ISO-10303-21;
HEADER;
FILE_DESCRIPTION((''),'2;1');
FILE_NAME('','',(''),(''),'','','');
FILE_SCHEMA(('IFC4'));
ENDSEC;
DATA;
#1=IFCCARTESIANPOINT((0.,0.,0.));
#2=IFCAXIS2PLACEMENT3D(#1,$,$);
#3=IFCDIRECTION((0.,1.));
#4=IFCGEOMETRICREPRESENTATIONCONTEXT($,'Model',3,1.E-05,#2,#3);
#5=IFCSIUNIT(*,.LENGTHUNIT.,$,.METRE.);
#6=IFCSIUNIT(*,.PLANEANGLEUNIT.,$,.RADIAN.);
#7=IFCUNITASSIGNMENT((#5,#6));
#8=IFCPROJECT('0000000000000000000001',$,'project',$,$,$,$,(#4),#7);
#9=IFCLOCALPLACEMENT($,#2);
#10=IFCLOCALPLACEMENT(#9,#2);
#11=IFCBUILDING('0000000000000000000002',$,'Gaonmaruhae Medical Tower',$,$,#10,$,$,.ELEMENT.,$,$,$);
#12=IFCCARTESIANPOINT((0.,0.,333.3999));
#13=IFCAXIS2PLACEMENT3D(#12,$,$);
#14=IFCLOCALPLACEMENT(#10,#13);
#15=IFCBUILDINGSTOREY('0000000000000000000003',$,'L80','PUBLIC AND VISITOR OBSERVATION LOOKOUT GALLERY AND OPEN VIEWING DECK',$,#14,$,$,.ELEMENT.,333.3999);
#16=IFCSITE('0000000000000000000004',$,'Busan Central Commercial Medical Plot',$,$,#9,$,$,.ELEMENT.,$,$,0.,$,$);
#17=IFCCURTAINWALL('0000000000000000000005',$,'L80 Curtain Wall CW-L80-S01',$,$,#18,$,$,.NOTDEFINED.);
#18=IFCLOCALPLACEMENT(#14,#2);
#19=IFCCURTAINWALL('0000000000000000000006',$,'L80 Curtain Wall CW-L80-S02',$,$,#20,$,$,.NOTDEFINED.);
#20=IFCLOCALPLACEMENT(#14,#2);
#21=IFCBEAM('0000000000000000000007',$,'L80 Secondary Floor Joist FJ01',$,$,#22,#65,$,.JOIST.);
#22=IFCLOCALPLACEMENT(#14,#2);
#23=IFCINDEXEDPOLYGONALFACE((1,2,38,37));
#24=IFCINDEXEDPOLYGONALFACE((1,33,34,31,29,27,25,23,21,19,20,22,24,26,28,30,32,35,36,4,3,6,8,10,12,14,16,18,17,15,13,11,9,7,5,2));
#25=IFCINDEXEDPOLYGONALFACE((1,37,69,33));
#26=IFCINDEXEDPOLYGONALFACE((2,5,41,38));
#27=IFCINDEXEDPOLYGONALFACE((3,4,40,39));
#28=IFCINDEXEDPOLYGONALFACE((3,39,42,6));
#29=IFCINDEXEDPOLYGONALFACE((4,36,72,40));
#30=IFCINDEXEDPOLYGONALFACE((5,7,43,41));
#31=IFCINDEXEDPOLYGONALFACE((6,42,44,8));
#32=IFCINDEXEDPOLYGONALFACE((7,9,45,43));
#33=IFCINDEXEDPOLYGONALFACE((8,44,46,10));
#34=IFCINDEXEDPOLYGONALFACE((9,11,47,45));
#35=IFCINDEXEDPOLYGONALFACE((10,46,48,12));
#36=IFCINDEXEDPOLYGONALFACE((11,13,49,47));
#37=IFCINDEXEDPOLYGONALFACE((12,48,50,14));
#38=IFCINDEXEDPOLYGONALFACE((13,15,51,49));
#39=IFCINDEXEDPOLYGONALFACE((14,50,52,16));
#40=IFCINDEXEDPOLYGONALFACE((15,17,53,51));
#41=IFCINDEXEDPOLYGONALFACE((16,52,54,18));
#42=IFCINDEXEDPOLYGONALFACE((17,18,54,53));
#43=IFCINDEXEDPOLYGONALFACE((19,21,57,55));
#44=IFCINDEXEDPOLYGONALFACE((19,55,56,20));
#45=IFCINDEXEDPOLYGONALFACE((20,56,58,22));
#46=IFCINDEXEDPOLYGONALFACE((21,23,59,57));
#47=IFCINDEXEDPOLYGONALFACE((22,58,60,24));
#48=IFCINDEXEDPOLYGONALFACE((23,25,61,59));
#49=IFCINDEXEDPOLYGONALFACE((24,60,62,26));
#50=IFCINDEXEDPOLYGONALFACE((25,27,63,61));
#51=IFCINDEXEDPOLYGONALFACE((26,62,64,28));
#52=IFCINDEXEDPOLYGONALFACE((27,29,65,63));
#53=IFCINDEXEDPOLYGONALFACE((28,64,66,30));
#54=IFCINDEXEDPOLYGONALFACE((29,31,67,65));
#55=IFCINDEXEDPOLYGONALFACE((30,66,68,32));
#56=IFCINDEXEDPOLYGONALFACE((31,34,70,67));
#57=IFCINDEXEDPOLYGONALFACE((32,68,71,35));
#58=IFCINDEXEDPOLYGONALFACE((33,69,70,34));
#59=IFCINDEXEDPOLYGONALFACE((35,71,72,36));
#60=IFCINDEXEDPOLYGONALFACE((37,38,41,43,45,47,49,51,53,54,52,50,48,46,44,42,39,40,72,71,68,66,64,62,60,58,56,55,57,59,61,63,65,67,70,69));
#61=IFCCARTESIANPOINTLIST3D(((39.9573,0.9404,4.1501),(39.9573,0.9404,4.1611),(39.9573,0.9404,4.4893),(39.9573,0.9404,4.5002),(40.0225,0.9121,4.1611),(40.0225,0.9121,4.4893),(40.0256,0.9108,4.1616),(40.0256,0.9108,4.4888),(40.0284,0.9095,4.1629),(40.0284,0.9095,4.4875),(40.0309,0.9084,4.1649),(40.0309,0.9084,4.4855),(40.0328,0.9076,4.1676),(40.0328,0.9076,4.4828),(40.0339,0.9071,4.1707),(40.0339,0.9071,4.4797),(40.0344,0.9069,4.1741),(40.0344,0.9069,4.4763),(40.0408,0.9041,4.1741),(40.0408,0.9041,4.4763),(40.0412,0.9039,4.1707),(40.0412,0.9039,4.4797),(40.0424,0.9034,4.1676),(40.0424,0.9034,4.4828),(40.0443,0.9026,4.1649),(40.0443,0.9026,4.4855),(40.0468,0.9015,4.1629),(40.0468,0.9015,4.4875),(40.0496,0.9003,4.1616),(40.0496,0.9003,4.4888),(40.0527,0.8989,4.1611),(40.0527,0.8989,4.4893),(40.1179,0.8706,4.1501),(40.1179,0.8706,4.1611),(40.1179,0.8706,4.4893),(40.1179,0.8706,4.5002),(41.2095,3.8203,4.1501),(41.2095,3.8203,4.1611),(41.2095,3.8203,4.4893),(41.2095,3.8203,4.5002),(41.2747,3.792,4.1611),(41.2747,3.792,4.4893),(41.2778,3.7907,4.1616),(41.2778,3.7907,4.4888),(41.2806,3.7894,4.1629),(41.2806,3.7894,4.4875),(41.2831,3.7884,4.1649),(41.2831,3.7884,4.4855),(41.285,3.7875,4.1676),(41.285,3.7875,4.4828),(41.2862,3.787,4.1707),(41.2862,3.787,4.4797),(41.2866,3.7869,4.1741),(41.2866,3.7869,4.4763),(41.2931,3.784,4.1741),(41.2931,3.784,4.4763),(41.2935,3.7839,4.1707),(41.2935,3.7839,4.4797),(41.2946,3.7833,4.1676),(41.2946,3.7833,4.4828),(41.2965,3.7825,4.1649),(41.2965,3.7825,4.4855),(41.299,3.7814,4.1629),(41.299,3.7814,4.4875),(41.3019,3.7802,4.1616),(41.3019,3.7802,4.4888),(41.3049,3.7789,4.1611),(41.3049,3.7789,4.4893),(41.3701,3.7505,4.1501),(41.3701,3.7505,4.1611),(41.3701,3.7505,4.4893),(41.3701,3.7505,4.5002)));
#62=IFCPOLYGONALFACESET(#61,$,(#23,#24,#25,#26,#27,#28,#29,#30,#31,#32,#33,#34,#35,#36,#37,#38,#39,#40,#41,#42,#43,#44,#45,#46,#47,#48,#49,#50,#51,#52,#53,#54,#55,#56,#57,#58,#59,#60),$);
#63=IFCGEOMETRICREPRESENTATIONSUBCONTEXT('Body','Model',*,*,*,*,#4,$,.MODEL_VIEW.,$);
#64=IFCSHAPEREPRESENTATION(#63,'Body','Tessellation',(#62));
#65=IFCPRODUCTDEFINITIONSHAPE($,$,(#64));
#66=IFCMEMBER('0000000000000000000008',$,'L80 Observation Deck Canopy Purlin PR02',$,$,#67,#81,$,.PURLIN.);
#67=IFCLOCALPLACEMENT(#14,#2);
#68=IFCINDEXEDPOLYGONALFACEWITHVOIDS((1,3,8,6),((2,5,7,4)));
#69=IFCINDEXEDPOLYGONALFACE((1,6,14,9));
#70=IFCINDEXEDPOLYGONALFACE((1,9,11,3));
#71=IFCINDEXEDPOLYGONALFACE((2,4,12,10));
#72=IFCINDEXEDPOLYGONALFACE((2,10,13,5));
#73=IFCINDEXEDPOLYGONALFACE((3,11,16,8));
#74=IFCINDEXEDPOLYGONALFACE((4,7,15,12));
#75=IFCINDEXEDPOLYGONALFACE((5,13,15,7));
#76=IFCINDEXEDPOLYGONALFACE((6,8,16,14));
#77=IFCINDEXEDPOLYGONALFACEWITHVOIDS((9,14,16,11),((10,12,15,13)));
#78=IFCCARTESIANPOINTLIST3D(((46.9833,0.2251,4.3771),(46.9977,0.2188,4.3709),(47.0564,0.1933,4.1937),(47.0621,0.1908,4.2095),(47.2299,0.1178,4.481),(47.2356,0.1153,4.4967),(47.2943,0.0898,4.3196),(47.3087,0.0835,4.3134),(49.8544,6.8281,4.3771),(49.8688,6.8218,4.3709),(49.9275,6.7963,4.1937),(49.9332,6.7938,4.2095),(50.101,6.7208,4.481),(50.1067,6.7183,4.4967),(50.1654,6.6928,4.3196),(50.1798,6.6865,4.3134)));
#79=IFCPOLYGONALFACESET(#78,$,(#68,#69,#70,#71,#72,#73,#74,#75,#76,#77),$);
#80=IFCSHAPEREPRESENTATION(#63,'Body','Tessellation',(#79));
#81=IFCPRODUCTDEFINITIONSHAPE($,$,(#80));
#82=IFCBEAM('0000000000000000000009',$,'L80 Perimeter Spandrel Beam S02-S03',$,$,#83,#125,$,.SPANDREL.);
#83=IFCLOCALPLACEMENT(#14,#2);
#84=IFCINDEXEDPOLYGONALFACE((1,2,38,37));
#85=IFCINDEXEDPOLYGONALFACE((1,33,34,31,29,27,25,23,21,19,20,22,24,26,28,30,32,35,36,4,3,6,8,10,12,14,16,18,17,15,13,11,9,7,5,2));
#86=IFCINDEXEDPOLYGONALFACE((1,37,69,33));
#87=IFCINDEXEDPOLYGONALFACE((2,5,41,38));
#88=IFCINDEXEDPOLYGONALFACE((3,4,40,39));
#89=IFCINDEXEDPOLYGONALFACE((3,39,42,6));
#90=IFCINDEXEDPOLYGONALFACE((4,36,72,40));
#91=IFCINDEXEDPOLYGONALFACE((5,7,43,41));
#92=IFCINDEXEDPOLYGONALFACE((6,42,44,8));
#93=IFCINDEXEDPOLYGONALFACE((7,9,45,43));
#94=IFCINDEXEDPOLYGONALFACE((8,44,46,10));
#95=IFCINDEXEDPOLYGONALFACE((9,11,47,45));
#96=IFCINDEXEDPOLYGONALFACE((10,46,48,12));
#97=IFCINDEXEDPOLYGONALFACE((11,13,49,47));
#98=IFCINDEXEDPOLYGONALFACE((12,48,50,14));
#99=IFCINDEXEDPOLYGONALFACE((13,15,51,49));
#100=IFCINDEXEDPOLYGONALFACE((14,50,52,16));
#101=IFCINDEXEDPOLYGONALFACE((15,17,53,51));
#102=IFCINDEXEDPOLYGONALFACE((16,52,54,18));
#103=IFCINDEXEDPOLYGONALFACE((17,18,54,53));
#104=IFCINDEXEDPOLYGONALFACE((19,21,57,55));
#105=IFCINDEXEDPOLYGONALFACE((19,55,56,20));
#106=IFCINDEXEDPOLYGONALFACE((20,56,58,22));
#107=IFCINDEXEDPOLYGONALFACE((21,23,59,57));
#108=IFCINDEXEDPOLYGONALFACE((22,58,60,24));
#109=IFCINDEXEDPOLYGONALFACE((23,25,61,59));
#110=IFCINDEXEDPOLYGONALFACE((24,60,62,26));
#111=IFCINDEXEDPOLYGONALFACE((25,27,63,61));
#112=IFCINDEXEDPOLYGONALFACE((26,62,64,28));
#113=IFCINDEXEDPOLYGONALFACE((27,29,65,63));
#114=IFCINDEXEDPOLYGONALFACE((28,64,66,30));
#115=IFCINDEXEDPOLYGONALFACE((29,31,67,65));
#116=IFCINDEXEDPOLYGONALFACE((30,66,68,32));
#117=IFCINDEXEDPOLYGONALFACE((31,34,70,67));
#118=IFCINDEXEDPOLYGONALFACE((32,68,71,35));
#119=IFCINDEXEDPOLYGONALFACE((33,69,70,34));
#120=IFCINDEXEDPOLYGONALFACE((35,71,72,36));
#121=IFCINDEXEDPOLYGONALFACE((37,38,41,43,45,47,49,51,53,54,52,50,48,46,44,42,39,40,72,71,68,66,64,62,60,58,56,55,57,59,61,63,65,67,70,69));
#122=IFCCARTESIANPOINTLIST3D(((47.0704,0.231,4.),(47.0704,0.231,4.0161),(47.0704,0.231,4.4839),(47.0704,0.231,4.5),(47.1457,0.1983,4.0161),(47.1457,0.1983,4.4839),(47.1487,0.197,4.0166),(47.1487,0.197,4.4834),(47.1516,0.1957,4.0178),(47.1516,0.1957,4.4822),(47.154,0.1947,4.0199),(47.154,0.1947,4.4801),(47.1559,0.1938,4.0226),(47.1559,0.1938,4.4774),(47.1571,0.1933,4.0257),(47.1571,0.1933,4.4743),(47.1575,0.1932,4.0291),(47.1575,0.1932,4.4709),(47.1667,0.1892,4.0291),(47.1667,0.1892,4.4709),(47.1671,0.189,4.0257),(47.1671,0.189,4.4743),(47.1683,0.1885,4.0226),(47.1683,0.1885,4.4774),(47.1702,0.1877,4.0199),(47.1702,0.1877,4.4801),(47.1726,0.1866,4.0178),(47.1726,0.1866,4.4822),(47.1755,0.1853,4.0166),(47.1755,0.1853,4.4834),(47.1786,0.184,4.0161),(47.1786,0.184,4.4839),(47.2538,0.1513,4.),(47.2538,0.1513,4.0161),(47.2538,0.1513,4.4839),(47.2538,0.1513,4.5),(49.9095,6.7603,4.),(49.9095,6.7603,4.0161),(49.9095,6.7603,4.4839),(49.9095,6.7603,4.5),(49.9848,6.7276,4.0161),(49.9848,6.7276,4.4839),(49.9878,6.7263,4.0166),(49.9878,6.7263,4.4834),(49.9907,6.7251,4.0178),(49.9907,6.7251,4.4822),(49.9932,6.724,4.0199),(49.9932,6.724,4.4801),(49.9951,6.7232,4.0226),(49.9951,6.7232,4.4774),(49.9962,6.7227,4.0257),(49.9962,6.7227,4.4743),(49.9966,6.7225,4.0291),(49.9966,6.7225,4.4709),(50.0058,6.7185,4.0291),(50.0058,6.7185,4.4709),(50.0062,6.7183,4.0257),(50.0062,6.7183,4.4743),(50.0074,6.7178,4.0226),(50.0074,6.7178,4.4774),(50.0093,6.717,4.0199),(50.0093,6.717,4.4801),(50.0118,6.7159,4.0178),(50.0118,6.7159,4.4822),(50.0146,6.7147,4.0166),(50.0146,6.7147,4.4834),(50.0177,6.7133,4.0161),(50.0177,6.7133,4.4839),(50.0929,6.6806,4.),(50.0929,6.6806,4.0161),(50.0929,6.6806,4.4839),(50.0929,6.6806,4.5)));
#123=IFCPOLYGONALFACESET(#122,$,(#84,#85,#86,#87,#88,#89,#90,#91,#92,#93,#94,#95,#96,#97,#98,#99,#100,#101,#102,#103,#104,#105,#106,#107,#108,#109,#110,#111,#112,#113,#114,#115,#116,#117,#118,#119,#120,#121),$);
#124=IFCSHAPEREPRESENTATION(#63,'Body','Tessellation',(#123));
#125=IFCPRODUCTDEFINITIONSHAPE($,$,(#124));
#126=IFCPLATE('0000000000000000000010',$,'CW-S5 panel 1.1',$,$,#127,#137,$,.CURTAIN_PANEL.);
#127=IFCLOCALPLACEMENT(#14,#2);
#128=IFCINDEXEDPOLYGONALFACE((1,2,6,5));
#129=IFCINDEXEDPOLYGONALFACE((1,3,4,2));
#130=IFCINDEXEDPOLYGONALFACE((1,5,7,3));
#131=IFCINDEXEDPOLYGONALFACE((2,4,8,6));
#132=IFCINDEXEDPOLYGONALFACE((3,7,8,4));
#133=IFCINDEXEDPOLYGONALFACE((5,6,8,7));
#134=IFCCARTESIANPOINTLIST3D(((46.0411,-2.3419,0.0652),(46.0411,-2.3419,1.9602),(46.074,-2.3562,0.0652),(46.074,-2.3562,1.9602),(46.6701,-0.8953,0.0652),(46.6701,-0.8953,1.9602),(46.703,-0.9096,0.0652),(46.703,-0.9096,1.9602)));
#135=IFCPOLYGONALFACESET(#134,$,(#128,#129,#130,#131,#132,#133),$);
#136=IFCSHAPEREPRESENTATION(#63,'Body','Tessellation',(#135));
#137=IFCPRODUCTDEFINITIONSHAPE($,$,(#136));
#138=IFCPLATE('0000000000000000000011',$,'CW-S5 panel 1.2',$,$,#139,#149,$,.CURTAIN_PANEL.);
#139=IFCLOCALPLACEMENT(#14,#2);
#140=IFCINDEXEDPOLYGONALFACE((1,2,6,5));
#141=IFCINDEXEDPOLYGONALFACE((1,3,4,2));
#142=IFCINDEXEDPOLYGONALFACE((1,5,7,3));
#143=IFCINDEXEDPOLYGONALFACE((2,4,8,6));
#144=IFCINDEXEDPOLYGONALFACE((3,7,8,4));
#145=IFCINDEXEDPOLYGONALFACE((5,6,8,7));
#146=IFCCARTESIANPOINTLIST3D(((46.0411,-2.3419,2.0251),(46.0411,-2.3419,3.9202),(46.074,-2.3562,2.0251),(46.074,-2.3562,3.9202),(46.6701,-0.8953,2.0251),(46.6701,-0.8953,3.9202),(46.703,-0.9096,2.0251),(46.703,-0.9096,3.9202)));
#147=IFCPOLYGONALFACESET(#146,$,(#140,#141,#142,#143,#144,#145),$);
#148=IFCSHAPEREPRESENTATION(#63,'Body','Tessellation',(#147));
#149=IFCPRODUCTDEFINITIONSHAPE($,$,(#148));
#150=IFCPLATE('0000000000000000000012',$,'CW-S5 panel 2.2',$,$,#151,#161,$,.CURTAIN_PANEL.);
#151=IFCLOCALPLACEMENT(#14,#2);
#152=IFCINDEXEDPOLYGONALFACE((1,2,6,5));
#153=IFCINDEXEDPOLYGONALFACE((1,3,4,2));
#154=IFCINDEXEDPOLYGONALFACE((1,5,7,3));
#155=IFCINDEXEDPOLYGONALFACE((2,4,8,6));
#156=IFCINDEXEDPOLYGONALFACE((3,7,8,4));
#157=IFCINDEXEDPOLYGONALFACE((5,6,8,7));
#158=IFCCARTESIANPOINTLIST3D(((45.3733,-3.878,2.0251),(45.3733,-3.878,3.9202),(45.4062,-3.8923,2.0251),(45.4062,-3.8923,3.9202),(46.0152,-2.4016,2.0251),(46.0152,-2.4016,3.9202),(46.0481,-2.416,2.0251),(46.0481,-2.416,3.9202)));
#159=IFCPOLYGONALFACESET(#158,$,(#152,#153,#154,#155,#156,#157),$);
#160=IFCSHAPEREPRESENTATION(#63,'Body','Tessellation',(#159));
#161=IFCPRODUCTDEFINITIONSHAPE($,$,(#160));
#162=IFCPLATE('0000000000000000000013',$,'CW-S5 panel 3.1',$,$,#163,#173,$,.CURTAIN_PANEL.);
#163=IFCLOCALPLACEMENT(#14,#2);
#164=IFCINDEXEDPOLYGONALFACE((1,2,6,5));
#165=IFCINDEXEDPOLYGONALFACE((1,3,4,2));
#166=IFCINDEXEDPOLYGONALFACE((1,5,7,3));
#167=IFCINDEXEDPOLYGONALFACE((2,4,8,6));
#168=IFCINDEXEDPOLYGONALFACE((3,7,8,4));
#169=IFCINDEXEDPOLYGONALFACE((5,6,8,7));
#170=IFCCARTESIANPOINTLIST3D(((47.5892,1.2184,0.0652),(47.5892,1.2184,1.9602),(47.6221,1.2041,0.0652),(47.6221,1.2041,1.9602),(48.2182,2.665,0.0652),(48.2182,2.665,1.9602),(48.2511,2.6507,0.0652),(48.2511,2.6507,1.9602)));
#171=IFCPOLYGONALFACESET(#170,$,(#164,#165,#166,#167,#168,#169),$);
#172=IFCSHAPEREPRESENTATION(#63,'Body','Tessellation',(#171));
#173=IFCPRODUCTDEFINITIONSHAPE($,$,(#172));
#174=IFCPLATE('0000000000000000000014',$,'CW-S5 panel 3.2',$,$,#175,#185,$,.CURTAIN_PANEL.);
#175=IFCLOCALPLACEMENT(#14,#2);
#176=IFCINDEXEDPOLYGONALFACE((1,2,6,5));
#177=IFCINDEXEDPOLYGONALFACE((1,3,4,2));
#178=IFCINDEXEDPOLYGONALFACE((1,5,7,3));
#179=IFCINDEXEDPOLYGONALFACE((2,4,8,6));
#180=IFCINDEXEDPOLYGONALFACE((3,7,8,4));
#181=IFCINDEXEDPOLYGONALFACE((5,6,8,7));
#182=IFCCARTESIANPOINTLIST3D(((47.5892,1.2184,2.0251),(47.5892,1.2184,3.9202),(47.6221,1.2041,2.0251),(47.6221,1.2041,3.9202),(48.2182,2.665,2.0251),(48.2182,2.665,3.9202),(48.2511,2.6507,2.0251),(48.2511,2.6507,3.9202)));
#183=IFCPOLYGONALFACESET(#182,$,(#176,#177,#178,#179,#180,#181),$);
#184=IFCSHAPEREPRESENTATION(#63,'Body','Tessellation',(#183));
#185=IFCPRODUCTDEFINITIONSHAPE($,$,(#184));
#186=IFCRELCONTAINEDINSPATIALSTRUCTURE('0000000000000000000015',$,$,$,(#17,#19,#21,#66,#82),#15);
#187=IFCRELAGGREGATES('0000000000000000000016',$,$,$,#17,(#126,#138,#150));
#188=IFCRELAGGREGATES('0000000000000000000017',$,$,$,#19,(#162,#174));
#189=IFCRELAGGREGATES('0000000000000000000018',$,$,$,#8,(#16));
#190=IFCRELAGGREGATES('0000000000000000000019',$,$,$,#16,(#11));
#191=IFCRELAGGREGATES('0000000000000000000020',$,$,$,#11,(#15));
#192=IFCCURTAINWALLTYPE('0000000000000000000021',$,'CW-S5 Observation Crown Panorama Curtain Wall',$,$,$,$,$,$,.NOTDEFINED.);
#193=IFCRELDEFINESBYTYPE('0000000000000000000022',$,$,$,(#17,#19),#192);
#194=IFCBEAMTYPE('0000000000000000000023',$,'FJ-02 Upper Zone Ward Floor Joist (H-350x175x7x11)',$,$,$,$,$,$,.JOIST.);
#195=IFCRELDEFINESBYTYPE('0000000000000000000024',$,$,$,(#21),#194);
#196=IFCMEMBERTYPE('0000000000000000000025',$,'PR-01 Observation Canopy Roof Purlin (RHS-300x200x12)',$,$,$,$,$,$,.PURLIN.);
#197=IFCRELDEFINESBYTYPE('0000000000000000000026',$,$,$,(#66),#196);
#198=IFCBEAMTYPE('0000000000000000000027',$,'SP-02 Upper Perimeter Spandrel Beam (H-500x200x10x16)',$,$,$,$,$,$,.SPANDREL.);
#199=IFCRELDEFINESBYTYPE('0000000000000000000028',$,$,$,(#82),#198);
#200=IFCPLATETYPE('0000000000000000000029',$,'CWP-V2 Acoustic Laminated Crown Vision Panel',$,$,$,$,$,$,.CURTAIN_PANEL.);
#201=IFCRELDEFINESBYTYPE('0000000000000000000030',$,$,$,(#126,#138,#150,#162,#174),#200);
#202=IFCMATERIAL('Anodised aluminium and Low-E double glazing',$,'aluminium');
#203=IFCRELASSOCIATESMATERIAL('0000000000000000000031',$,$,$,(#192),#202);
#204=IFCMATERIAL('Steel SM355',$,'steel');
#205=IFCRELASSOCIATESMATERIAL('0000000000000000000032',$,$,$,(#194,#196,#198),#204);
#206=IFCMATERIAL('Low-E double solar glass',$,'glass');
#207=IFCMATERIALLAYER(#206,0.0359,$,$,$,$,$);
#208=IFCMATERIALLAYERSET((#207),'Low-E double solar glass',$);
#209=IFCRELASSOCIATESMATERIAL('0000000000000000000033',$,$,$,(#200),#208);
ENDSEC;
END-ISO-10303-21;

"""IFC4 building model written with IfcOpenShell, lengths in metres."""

from ifc_helpers import new_model, si_unit, direction, frame, origin, origin_2d, place, context, subcontext, project, spatial, rectangle, hollow_rectangle, i_section, extrude, material, layer, layer_set, material_profile, profile_set, type_object, element, aggregate, save


model = new_model("IFC4")

# Units and contexts
model_context = context("Model", 3, precision=1e-05, world=origin(), true_north=direction((0.0, 1.0)))
body_context = subcontext(model_context, "Body", "Model", "MODEL_VIEW")
ifc_project = project(units=[si_unit("LENGTHUNIT", "METRE"), si_unit("PLANEANGLEUNIT", "RADIAN")], contexts=[model_context])

# Site, building, storey
site_placement = place(None, origin())
site = spatial("IfcSite", under=ifc_project, at=site_placement, Name="Busan Central Commercial Medical Plot", CompositionType="ELEMENT", RefElevation=0.0)
building_placement = place(site_placement, origin())
building = spatial("IfcBuilding", under=site, at=building_placement, Name="Gaonmaruhae Medical Tower", CompositionType="ELEMENT")
storey_placement = place(building_placement, frame((0.0, 0.0, 333.3999)))
storey = spatial("IfcBuildingStorey", under=building, at=storey_placement, Name="L80", Description="PUBLIC AND VISITOR OBSERVATION LOOKOUT GALLERY AND OPEN VIEWING DECK", CompositionType="ELEMENT", Elevation=333.3999)

# Curtain wall
ifc_material_1 = material(Name="Anodised aluminium and Low-E double glazing", Category="aluminium")
curtain_wall_type = type_object("IfcCurtainWallType", Name="CW-S5 Observation Crown Panorama Curtain Wall", PredefinedType="NOTDEFINED", material=ifc_material_1)
curtain_wall_1_placement = place(storey_placement, origin())
curtain_wall_1 = element("IfcCurtainWall", 1, at=curtain_wall_1_placement, inside=storey, type_object=curtain_wall_type, Name="L80 Curtain Wall CW-L80-S01", PredefinedType="NOTDEFINED")

# Curtain wall
curtain_wall_2_placement = place(storey_placement, origin())
curtain_wall_2 = element("IfcCurtainWall", 2, at=curtain_wall_2_placement, inside=storey, type_object=curtain_wall_type, Name="L80 Curtain Wall CW-L80-S02", PredefinedType="NOTDEFINED")

# Beam
ifc_material_2 = material(Name="Steel SM355", Category="steel")
ifc_material_profile_1 = material_profile(ifc_material_2, i_section(OverallWidth=0.175, OverallDepth=0.3501, WebThickness=0.0071, FlangeThickness=0.011, FilletRadius=0.0129, at=origin_2d()), Name="H-350x175x7x11")
ifc_profile_set_1 = profile_set([ifc_material_profile_1], Name="Steel SM355")
beam_type_1 = type_object("IfcBeamType", Name="FJ-02 Upper Zone Ward Floor Joist (H-350x175x7x11)", PredefinedType="JOIST", material=ifc_profile_set_1)
beam_1_placement = place(storey_placement, frame((40.0376, 0.9055, 4.3252), z_axis=(0.398746, 0.917061, 0.0), x_axis=(-0.917061, 0.398746, 0.0)))
element("IfcBeam", 3, at=beam_1_placement, inside=storey, type_object=beam_type_1, Name="L80 Secondary Floor Joist FJ01", PredefinedType="JOIST", context=body_context, shape_type="SweptSolid", body=[
    extrude(i_section(OverallWidth=0.175, OverallDepth=0.3501, WebThickness=0.0071, FlangeThickness=0.011, FilletRadius=0.0129, at=origin_2d()), origin(), (0.0, 0.0, 1.0), 3.1404),
])

# Member
ifc_material_profile_2 = material_profile(ifc_material_2, hollow_rectangle(XDim=0.2, YDim=0.3, WallThickness=0.012, at=origin_2d()), Name="RHS-300x200x12")
ifc_profile_set_2 = profile_set([ifc_material_profile_2], Name="Steel SM355")
member_type_1 = type_object("IfcMemberType", Name="PR-01 Observation Canopy Roof Purlin (RHS-300x200x12)", PredefinedType="PURLIN", material=ifc_profile_set_2)
member_1_placement = place(storey_placement, frame((47.146, 0.1543, 4.3452), z_axis=(0.398751, 0.917059, 0.0), x_axis=(-0.365677, 0.159002, 0.91706)))
element("IfcMember", 4, at=member_1_placement, inside=storey, type_object=member_type_1, Name="L80 Observation Deck Canopy Purlin PR02", PredefinedType="PURLIN", context=body_context, shape_type="SweptSolid", body=[
    extrude(hollow_rectangle(XDim=0.2, YDim=0.3, WallThickness=0.012, at=origin_2d()), origin(), (0.0, 0.0, 1.0), 7.2002),
])

# Beam
ifc_material_profile_3 = material_profile(ifc_material_2, i_section(OverallWidth=0.2, OverallDepth=0.5, WebThickness=0.01, FlangeThickness=0.0161, FilletRadius=0.0129, at=origin_2d()), Name="H-500x200x10x16")
ifc_profile_set_3 = profile_set([ifc_material_profile_3], Name="Steel SM355")
beam_type_2 = type_object("IfcBeamType", Name="SP-02 Upper Perimeter Spandrel Beam (H-500x200x10x16)", PredefinedType="SPANDREL", material=ifc_profile_set_3)
beam_2_placement = place(storey_placement, frame((47.1621, 0.1912, 4.25), z_axis=(0.39876, 0.917055, 0.0), x_axis=(-0.917055, 0.39876, 0.0)))
element("IfcBeam", 5, at=beam_2_placement, inside=storey, type_object=beam_type_2, Name="L80 Perimeter Spandrel Beam S02-S03", PredefinedType="SPANDREL", context=body_context, shape_type="SweptSolid", body=[
    extrude(i_section(OverallWidth=0.2, OverallDepth=0.5, WebThickness=0.01, FlangeThickness=0.0161, FilletRadius=0.0129, at=origin_2d()), origin(), (0.0, 0.0, 1.0), 7.1199),
])

# Plates
ifc_material_3 = material(Name="Low-E double solar glass", Category="glass")
ifc_layer_1 = layer(ifc_material_3, 0.0359)
ifc_layer_set_1 = layer_set([ifc_layer_1], Name="Low-E double solar glass")
plate_type_1 = type_object("IfcPlateType", Name="CWP-V2 Acoustic Laminated Crown Vision Panel", PredefinedType="CURTAIN_PANEL", material=ifc_layer_set_1)
plate_1_placement = place(storey_placement, frame((46.3721, -1.6257, 0.0652), z_axis=(0.0, 0.0, 1.0), x_axis=(-0.398732, -0.917068, 0.0)))
plate_1 = element("IfcPlate", 6, at=plate_1_placement, type_object=plate_type_1, Name="CW-S5 panel 1.1", PredefinedType="CURTAIN_PANEL", context=body_context, shape_type="SweptSolid", body=[
    extrude(rectangle(XDim=1.5774, YDim=0.0359, at=origin_2d()), origin(), (0.0, 0.0, 1.0), 1.895),
])
plate_2_placement = place(storey_placement, frame((46.3721, -1.6257, 2.0251), z_axis=(0.0, 0.0, 1.0), x_axis=(-0.398732, -0.917068, 0.0)))
plate_2 = element("IfcPlate", 7, at=plate_2_placement, type_object=plate_type_1, Name="CW-S5 panel 1.2", PredefinedType="CURTAIN_PANEL", context=body_context, shape_type="SweptSolid", body=[
    extrude(rectangle(XDim=1.5774, YDim=0.0359, at=origin_2d()), origin(), (0.0, 0.0, 1.0), 1.895),
])
plate_3_placement = place(storey_placement, frame((45.7107, -3.147, 2.0251), z_axis=(0.0, 0.0, 1.0), x_axis=(-0.398732, -0.917068, 0.0)))
plate_3 = element("IfcPlate", 8, at=plate_3_placement, type_object=plate_type_1, Name="CW-S5 panel 2.2", PredefinedType="CURTAIN_PANEL", context=body_context, shape_type="SweptSolid", body=[
    extrude(rectangle(XDim=1.6099, YDim=0.0359, at=origin_2d()), origin(), (0.0, 0.0, 1.0), 1.895),
])
aggregate(curtain_wall_1, [plate_1, plate_2, plate_3])
plate_4_placement = place(storey_placement, frame((47.9202, 1.9346, 0.0652), z_axis=(0.0, 0.0, 1.0), x_axis=(-0.398732, -0.917068, 0.0)))
plate_4 = element("IfcPlate", 9, at=plate_4_placement, type_object=plate_type_1, Name="CW-S5 panel 3.1", PredefinedType="CURTAIN_PANEL", context=body_context, shape_type="SweptSolid", body=[
    extrude(rectangle(XDim=1.5774, YDim=0.0359, at=origin_2d()), origin(), (0.0, 0.0, 1.0), 1.895),
])
plate_5_placement = place(storey_placement, frame((47.9202, 1.9346, 2.0251), z_axis=(0.0, 0.0, 1.0), x_axis=(-0.398732, -0.917068, 0.0)))
plate_5 = element("IfcPlate", 10, at=plate_5_placement, type_object=plate_type_1, Name="CW-S5 panel 3.2", PredefinedType="CURTAIN_PANEL", context=body_context, shape_type="SweptSolid", body=[
    extrude(rectangle(XDim=1.5774, YDim=0.0359, at=origin_2d()), origin(), (0.0, 0.0, 1.0), 1.895),
])
aggregate(curtain_wall_2, [plate_4, plate_5])

save(model, "model.ifc")
